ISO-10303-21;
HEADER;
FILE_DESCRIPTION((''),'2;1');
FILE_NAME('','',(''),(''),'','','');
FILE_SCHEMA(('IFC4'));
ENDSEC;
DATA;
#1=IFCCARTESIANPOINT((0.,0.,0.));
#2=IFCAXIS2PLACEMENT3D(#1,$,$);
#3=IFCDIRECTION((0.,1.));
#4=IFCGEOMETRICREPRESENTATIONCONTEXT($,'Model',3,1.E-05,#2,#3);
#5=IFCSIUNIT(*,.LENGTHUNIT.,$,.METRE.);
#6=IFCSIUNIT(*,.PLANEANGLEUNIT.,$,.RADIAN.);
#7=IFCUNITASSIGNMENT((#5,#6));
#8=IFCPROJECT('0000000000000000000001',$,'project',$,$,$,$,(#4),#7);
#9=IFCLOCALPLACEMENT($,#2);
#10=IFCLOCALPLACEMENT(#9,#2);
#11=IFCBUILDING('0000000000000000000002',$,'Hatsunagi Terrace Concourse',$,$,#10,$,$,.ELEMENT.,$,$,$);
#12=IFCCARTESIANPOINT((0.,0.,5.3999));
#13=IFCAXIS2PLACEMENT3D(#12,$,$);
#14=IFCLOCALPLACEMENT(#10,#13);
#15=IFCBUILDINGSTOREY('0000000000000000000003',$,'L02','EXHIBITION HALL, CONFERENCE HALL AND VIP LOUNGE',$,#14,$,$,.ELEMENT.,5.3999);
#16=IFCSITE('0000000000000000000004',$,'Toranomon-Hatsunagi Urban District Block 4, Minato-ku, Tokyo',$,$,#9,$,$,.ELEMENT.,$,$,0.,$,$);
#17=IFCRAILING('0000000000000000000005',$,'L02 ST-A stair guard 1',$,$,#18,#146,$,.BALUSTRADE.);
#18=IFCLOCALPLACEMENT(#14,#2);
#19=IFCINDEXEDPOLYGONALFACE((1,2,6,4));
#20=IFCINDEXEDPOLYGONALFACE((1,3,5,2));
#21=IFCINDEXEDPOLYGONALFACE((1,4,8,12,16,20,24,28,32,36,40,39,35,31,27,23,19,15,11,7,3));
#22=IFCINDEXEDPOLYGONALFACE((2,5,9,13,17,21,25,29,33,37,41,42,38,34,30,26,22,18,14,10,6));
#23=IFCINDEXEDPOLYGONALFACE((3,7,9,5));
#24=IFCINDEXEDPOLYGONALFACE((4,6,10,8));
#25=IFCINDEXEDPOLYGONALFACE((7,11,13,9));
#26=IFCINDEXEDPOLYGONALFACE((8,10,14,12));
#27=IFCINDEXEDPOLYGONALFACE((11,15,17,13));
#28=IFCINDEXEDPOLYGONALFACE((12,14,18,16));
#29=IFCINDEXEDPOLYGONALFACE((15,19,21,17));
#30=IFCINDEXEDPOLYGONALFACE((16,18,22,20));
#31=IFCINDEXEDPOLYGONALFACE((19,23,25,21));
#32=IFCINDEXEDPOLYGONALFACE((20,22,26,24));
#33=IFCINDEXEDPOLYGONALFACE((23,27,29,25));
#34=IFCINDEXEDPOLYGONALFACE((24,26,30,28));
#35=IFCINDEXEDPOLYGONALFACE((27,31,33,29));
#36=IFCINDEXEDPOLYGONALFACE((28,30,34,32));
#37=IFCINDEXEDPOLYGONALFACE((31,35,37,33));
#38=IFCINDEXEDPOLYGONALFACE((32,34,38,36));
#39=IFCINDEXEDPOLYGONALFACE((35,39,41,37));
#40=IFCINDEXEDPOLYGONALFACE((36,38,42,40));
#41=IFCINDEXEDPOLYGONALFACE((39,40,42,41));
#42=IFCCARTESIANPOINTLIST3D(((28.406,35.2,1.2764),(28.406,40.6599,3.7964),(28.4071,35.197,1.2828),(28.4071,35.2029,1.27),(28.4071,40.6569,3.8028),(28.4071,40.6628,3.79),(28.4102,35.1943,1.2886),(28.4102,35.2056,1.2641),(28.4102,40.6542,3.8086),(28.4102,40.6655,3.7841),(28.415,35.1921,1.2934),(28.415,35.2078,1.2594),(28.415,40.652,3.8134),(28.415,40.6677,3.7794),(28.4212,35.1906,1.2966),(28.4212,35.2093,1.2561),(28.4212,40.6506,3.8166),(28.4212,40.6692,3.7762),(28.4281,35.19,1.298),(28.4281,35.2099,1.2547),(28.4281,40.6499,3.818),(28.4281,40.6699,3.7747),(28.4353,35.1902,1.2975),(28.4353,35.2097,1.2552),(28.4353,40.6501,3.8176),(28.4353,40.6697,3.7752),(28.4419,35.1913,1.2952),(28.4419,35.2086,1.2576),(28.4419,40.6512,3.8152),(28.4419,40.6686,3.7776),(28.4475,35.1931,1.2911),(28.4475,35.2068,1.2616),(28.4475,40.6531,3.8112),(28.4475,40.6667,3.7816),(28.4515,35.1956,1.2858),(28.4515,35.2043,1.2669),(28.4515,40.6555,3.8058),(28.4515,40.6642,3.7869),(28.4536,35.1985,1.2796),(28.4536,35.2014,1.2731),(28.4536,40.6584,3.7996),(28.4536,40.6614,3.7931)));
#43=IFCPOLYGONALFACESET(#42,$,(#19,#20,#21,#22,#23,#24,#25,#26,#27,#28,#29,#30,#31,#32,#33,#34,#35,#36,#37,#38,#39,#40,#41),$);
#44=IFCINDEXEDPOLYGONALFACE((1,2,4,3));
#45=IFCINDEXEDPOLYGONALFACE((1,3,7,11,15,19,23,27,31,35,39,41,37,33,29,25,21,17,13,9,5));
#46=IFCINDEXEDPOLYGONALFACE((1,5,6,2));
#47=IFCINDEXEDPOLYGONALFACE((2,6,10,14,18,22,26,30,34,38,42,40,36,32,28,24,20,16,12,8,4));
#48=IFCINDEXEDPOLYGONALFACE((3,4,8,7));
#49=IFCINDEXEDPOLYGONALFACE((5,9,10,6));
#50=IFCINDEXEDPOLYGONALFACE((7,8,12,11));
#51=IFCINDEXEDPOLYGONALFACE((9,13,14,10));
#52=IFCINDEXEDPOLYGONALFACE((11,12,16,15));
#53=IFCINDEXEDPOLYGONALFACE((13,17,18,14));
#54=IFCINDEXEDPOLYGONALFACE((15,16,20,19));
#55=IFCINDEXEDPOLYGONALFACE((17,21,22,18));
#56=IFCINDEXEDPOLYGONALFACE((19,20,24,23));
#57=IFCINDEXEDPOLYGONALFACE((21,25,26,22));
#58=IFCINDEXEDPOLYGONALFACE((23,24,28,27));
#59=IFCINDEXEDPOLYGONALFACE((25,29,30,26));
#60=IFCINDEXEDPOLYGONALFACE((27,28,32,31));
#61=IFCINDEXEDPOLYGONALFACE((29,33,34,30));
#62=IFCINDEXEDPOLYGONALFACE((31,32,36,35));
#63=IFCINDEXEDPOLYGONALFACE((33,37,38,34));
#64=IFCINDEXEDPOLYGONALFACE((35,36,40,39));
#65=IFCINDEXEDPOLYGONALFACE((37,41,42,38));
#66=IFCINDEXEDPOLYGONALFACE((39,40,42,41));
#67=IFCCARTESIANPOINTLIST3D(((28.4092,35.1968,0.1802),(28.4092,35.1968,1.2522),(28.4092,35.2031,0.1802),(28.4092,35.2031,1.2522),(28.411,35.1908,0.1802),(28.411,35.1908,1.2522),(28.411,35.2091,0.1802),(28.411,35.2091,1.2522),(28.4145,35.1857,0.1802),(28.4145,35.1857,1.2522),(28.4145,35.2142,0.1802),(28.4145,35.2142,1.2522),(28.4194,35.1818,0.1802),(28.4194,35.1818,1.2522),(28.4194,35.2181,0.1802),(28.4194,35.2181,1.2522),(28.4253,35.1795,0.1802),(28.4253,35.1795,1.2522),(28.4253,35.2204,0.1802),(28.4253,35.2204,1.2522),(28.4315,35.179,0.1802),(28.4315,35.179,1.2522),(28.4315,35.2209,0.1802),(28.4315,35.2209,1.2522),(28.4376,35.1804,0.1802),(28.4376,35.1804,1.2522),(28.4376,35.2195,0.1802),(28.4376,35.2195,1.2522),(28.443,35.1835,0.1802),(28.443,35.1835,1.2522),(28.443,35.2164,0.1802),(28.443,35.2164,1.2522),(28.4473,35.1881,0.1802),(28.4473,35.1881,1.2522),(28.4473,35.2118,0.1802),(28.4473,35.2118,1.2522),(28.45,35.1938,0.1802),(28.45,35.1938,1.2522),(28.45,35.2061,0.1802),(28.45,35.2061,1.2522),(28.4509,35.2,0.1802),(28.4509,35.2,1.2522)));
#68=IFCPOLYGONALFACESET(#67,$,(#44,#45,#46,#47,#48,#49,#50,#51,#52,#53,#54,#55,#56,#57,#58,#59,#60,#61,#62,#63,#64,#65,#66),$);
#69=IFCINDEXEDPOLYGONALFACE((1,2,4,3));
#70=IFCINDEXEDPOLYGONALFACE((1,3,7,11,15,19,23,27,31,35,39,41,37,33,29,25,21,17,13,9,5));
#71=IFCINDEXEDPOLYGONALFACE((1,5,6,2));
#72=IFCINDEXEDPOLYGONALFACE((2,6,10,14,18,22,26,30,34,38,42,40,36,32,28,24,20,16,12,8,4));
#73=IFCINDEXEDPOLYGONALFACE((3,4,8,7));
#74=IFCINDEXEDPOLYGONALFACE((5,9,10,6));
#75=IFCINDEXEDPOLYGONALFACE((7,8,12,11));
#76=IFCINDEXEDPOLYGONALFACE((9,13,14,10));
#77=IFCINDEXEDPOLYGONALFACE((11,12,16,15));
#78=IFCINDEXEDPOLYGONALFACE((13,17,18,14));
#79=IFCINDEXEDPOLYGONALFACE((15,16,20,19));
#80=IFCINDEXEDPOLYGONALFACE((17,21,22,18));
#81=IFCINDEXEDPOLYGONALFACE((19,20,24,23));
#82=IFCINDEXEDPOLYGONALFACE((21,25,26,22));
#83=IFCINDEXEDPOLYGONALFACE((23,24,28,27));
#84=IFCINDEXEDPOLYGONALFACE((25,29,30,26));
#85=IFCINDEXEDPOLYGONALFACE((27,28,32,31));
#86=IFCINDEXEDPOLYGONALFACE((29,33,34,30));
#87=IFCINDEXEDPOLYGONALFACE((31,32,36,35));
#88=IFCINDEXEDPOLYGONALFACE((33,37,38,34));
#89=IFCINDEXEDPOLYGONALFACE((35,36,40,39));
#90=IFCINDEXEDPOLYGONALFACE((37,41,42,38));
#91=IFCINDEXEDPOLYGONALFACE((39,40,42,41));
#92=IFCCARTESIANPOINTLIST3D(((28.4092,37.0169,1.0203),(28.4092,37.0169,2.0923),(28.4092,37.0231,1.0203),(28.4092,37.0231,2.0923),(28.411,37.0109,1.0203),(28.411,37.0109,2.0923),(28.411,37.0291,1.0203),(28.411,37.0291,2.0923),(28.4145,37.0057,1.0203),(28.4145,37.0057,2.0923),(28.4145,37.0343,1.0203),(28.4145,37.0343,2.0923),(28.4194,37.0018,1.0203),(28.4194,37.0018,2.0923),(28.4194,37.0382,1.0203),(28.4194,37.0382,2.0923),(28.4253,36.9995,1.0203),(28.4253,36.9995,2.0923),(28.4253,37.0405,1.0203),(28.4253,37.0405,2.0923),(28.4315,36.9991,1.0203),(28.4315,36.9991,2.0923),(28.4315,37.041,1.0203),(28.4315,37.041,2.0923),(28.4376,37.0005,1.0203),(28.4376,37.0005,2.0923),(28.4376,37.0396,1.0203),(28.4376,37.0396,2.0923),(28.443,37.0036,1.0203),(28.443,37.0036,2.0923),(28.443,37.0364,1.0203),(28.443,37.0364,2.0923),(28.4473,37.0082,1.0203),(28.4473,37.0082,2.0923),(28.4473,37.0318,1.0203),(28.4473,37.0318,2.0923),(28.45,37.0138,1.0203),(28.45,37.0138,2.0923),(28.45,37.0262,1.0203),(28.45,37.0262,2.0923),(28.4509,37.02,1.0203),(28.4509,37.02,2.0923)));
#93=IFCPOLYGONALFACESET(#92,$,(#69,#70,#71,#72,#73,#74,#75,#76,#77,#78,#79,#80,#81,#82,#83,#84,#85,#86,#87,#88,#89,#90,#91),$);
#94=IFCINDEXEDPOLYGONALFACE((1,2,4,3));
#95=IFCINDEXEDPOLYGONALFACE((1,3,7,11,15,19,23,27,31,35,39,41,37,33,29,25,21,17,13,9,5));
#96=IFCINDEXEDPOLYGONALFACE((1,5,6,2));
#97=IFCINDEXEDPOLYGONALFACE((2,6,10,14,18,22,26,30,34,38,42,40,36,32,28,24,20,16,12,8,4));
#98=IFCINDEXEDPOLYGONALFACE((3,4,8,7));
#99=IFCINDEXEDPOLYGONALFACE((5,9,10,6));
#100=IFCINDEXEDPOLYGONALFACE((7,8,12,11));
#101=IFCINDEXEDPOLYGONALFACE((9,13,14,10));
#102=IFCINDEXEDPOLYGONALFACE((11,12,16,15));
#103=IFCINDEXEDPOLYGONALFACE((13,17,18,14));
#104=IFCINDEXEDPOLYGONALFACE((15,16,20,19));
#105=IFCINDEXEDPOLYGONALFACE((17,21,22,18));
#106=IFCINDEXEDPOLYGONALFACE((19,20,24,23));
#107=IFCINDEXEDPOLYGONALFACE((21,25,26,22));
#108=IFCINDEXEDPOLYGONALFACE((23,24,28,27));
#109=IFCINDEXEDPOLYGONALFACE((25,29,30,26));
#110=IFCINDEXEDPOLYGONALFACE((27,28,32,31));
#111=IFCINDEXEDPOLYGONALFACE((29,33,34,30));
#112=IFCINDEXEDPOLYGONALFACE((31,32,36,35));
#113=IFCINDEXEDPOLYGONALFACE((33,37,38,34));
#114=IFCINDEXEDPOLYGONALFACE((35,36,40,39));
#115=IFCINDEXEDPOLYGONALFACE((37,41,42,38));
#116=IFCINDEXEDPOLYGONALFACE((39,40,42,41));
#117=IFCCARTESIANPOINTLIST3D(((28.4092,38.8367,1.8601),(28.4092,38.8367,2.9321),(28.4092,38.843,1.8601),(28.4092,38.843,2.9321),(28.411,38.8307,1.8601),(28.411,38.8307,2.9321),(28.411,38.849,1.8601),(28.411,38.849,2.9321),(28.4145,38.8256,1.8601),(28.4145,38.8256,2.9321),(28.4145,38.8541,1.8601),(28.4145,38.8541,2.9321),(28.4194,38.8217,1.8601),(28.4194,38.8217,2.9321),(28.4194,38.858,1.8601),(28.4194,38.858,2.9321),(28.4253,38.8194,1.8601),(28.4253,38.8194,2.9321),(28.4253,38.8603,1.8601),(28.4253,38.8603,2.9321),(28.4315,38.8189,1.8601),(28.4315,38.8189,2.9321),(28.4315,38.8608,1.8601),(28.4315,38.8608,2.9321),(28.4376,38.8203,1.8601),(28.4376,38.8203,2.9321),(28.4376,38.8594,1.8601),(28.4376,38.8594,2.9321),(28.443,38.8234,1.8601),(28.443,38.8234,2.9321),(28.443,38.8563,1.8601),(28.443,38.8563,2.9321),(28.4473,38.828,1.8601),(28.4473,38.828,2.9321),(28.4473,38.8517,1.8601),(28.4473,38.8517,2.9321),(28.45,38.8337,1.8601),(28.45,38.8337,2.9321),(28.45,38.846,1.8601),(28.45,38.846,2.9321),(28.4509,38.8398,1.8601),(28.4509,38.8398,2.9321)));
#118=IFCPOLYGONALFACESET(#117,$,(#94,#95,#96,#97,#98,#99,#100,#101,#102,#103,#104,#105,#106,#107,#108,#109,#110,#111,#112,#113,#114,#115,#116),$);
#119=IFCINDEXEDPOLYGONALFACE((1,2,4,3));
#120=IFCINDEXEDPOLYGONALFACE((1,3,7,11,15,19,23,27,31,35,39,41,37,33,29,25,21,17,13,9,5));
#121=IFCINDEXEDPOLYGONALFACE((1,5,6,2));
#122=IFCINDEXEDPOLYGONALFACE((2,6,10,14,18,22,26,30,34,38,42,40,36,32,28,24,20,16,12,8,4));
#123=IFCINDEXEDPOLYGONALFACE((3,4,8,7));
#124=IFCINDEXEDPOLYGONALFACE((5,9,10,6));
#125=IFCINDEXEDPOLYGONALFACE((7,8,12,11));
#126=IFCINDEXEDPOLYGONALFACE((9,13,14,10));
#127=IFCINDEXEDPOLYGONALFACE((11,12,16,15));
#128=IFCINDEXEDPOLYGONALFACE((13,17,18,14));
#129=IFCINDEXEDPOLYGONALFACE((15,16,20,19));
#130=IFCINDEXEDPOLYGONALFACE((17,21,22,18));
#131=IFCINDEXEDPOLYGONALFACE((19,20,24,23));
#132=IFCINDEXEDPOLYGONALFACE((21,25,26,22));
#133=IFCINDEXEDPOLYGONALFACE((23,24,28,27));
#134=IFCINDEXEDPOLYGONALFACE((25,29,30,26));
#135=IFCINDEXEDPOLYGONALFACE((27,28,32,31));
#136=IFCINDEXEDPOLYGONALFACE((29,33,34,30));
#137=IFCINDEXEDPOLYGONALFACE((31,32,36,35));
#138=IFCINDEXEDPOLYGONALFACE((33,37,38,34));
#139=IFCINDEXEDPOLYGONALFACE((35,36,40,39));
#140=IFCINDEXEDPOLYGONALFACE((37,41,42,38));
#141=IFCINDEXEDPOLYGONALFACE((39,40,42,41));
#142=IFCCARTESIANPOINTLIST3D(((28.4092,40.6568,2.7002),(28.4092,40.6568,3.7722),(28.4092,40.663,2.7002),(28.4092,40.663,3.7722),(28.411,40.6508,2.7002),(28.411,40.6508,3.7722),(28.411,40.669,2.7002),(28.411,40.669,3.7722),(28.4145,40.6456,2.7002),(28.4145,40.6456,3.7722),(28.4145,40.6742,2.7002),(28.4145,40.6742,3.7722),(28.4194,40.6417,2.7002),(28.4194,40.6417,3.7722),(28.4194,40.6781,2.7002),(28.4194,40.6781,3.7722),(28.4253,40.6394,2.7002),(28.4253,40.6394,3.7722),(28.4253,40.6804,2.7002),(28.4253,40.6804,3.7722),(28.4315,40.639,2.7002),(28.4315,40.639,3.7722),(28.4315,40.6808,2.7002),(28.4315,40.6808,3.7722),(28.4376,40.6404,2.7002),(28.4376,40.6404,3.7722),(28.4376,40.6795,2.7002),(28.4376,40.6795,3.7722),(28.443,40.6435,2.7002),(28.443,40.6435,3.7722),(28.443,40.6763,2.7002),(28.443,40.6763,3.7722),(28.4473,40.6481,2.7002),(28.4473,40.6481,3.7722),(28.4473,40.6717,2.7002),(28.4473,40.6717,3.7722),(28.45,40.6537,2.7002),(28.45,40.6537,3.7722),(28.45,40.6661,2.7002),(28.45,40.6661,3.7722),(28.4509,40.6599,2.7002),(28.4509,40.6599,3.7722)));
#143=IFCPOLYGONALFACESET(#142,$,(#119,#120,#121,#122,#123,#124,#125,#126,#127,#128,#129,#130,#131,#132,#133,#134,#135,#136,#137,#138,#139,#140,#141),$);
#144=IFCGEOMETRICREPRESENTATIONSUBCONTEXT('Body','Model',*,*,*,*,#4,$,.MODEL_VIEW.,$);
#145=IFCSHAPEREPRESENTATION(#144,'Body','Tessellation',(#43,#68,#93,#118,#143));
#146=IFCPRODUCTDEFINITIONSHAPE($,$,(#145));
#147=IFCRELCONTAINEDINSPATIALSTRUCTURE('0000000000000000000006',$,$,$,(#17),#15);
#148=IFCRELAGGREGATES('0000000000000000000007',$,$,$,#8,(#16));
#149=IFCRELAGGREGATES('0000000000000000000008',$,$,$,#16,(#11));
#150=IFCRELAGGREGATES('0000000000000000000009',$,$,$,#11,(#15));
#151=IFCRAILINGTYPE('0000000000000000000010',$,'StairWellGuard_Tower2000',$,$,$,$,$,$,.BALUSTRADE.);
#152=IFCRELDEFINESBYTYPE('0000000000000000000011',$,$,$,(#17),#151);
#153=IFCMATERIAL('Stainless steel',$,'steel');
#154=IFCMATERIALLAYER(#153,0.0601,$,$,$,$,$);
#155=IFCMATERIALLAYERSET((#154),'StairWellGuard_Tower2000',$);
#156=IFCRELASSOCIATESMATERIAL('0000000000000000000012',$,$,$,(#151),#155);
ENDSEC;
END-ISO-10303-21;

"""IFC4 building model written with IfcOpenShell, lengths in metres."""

from ifc_helpers import new_model, si_unit, direction, frame, origin, origin_2d, place, context, subcontext, project, spatial, circle, extrude, material, layer, layer_set, type_object, element, save


model = new_model("IFC4")

# Units and contexts
model_context = context("Model", 3, precision=1e-05, world=origin(), true_north=direction((0.0, 1.0)))
body_context = subcontext(model_context, "Body", "Model", "MODEL_VIEW")
ifc_project = project(units=[si_unit("LENGTHUNIT", "METRE"), si_unit("PLANEANGLEUNIT", "RADIAN")], contexts=[model_context])

# Site, building, storey
site_placement = place(None, origin())
site = spatial("IfcSite", under=ifc_project, at=site_placement, Name="Toranomon-Hatsunagi Urban District Block 4, Minato-ku, Tokyo", CompositionType="ELEMENT", RefElevation=0.0)
building_placement = place(site_placement, origin())
building = spatial("IfcBuilding", under=site, at=building_placement, Name="Hatsunagi Terrace Concourse", CompositionType="ELEMENT")
storey_placement = place(building_placement, frame((0.0, 0.0, 5.3999)))
storey = spatial("IfcBuildingStorey", under=building, at=storey_placement, Name="L02", Description="EXHIBITION HALL, CONFERENCE HALL AND VIP LOUNGE", CompositionType="ELEMENT", Elevation=5.3999)

# Railing
ifc_material_1 = material(Name="Stainless steel", Category="steel")
ifc_layer_1 = layer(ifc_material_1, 0.0601)
ifc_layer_set_1 = layer_set([ifc_layer_1], Name="StairWellGuard_Tower2000")
railing_type_1 = type_object("IfcRailingType", Name="StairWellGuard_Tower2000", PredefinedType="BALUSTRADE", material=ifc_layer_set_1)
railing_1_placement = place(storey_placement, frame((28.4299, 35.2, 0.1802)))
element("IfcRailing", 1, at=railing_1_placement, inside=storey, type_object=railing_type_1, Name="L02 ST-A stair guard 1", PredefinedType="BALUSTRADE", context=body_context, shape_type="SweptSolid", body=[
    extrude(circle(Radius=0.0239, at=origin_2d()), frame((0.0, 0.0, 1.0962), z_axis=(0.0, 0.907957, 0.419063), x_axis=(-1.0, 0.0, 0.0)), (0.0, 0.0, 1.0), 6.0134),
    extrude(circle(Radius=0.021, at=origin_2d()), origin(), (0.0, 0.0, 1.0), 1.072),
    extrude(circle(Radius=0.021, at=origin_2d()), frame((0.0, 1.8201, 0.8401)), (0.0, 0.0, 1.0), 1.072),
    extrude(circle(Radius=0.021, at=origin_2d()), frame((0.0, 3.6399, 1.6799)), (0.0, 0.0, 1.0), 1.072),
    extrude(circle(Radius=0.021, at=origin_2d()), frame((0.0, 5.46, 2.52)), (0.0, 0.0, 1.0), 1.072),
])

save(model, "model.ifc")
